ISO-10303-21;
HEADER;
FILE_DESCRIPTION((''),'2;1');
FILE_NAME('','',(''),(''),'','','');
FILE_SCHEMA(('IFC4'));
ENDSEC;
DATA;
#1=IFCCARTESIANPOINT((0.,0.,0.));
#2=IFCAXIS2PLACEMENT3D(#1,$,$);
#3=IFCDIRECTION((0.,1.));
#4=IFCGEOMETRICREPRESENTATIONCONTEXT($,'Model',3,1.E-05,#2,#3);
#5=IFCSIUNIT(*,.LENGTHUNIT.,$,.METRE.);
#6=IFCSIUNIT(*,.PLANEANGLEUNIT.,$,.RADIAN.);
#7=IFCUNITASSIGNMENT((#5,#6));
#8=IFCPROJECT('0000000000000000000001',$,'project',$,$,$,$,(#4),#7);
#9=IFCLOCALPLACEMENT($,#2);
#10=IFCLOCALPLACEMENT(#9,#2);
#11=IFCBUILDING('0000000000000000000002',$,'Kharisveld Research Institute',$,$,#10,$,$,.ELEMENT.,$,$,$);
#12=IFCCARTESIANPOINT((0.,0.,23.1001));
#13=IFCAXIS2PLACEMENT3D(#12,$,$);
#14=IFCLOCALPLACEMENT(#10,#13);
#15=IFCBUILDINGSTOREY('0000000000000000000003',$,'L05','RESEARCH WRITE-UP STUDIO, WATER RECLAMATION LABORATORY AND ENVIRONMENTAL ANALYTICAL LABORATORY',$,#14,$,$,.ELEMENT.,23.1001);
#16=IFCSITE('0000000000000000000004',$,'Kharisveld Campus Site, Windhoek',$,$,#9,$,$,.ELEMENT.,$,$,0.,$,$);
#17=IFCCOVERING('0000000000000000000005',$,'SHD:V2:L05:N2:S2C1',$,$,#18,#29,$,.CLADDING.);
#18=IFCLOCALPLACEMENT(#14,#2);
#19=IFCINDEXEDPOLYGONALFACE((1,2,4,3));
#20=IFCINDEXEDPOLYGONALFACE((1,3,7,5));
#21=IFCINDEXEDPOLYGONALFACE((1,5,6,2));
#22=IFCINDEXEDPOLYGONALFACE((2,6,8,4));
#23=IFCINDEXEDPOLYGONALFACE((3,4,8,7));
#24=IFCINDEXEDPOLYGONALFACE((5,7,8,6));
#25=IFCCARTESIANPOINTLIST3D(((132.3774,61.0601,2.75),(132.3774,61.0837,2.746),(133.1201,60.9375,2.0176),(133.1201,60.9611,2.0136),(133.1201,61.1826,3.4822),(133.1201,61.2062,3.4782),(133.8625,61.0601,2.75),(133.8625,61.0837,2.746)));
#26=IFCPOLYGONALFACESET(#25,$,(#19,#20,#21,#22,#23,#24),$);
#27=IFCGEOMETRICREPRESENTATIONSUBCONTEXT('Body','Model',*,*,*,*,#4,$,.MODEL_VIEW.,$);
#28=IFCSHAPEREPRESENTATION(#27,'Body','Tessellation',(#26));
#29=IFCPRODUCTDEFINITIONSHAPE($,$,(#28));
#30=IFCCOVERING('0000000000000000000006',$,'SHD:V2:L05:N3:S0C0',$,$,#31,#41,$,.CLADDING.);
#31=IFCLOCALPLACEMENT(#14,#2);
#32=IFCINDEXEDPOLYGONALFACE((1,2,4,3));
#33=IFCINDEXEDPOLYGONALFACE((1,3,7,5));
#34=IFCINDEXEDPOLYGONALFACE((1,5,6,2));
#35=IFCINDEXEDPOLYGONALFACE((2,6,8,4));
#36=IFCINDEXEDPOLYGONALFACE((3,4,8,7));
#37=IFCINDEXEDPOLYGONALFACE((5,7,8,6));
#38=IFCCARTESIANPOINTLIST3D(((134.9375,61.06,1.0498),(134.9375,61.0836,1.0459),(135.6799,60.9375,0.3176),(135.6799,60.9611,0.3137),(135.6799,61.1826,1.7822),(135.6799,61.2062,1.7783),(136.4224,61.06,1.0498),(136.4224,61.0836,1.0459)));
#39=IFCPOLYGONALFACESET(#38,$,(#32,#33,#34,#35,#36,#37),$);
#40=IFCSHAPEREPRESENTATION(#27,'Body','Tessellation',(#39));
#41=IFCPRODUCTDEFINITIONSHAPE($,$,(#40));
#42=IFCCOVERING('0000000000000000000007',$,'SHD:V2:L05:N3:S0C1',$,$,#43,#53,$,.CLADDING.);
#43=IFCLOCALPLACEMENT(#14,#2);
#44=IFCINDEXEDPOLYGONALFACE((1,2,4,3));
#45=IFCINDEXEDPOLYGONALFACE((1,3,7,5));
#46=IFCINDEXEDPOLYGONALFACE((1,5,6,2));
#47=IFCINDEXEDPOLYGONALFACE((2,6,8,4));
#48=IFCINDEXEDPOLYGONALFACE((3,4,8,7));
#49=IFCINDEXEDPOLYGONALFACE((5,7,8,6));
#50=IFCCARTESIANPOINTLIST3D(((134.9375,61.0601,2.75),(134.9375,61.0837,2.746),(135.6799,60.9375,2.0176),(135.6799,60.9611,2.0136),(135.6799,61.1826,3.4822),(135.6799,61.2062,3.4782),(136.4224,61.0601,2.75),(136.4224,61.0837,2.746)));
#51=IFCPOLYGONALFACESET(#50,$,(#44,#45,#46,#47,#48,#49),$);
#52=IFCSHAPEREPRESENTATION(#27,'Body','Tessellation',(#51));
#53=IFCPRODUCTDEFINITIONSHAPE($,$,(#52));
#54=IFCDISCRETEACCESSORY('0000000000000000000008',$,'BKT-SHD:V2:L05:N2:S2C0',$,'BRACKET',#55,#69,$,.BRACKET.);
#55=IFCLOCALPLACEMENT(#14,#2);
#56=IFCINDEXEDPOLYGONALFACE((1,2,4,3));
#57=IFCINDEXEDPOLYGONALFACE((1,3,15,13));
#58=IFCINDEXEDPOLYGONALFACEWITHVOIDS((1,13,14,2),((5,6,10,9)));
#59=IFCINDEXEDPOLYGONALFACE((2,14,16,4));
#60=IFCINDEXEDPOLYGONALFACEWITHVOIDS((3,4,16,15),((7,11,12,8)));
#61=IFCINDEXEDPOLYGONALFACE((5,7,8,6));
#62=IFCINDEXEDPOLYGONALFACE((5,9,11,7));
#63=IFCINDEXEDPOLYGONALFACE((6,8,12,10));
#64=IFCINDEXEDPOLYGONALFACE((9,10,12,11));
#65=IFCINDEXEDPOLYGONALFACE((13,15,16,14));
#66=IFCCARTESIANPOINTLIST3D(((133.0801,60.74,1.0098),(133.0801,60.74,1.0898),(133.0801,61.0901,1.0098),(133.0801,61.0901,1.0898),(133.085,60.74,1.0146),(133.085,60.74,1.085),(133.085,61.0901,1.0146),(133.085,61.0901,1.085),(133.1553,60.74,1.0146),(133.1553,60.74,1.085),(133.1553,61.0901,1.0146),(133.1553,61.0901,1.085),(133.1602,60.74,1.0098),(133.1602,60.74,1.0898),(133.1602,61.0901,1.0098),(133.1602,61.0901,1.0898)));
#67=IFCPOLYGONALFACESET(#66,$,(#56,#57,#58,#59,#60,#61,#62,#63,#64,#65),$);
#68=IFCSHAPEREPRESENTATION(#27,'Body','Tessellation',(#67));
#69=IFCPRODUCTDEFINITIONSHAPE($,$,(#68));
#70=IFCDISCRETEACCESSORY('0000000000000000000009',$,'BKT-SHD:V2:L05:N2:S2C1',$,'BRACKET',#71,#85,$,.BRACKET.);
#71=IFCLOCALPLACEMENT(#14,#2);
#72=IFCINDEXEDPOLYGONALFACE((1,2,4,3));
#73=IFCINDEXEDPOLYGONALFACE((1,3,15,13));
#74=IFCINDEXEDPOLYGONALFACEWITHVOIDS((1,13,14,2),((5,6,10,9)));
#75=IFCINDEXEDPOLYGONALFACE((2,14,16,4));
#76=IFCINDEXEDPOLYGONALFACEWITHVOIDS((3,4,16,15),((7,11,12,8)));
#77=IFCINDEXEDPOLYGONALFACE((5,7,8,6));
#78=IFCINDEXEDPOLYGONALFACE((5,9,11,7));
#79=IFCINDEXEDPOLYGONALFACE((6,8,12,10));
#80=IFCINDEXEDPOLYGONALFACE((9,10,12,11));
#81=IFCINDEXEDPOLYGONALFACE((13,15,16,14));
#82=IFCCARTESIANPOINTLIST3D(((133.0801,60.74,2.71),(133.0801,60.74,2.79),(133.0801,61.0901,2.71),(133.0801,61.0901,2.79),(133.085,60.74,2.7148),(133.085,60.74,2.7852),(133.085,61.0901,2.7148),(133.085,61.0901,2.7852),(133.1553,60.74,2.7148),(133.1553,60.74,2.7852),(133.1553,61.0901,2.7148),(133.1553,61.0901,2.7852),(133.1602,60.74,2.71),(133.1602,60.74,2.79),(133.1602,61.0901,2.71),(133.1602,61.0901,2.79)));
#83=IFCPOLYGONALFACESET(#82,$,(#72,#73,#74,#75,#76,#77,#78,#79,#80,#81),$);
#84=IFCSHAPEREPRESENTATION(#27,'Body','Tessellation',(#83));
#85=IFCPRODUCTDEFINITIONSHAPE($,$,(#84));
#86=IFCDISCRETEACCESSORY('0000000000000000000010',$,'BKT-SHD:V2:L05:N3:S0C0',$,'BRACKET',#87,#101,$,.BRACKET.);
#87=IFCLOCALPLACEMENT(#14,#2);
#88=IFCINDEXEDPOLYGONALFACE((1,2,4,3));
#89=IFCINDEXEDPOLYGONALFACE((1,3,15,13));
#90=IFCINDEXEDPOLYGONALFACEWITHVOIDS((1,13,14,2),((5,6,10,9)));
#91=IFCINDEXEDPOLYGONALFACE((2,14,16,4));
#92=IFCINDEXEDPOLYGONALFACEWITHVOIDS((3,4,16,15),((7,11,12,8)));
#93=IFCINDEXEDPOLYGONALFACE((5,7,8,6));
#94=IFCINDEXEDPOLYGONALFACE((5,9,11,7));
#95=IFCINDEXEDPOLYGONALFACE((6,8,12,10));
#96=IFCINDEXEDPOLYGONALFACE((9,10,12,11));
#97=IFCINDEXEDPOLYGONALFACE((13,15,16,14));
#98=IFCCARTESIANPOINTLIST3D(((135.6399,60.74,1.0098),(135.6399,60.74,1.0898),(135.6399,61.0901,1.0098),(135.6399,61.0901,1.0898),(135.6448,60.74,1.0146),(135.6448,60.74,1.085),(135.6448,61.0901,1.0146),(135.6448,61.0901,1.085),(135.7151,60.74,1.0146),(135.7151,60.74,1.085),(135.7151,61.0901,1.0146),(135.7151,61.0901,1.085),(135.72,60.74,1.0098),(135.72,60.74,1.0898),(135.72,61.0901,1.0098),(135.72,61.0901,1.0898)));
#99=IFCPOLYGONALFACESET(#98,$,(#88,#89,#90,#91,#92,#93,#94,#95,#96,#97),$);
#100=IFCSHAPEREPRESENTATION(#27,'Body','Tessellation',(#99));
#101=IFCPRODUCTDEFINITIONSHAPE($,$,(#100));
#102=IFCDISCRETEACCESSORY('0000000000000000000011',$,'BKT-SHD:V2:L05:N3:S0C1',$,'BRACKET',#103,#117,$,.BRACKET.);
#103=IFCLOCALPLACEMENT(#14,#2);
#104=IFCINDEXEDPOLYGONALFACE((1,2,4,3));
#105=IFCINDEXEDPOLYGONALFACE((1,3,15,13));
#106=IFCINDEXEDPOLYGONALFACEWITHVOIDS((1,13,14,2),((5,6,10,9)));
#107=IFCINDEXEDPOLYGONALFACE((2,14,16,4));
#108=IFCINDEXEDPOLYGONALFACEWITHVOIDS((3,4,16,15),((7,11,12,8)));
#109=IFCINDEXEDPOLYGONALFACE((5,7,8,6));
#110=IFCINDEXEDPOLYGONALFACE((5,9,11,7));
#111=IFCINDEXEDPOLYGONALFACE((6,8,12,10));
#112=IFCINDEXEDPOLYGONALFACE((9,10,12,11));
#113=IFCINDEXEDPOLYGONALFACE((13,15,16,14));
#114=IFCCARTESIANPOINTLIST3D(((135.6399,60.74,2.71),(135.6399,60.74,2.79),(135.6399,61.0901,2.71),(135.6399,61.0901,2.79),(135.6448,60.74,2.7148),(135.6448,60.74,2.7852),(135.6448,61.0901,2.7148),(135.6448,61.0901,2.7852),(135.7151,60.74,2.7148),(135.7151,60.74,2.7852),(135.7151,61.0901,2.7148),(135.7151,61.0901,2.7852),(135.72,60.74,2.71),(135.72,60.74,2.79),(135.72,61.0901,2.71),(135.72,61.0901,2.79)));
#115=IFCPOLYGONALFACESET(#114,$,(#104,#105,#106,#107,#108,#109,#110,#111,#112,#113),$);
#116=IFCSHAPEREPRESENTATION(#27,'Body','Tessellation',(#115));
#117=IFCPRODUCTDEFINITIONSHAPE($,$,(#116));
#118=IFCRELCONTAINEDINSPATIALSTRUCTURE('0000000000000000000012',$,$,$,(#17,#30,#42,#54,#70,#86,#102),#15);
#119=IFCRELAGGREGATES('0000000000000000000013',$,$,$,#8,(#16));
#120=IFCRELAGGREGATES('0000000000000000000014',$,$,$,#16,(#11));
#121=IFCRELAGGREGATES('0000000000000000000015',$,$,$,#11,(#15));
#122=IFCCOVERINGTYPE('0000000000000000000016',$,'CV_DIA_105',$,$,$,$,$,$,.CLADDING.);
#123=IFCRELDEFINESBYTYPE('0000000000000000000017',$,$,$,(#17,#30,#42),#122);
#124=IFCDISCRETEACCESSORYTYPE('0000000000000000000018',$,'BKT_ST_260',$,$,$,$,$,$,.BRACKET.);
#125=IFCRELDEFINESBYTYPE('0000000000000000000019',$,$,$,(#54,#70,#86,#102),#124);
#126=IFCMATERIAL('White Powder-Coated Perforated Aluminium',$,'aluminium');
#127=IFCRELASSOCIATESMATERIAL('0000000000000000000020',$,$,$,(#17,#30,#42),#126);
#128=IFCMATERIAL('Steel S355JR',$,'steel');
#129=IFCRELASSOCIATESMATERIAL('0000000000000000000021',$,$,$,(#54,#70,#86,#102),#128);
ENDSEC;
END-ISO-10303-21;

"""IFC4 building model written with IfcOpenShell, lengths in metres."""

from ifc_helpers import new_model, si_unit, direction, frame, origin, origin_2d, place, context, subcontext, project, spatial, polyline, hollow_rectangle, outline, extrude, material, type_object, element, save


model = new_model("IFC4")

# Units and contexts
model_context = context("Model", 3, precision=1e-05, world=origin(), true_north=direction((0.0, 1.0)))
body_context = subcontext(model_context, "Body", "Model", "MODEL_VIEW")
ifc_project = project(units=[si_unit("LENGTHUNIT", "METRE"), si_unit("PLANEANGLEUNIT", "RADIAN")], contexts=[model_context])

# Site, building, storey
site_placement = place(None, origin())
site = spatial("IfcSite", under=ifc_project, at=site_placement, Name="Kharisveld Campus Site, Windhoek", CompositionType="ELEMENT", RefElevation=0.0)
building_placement = place(site_placement, origin())
building = spatial("IfcBuilding", under=site, at=building_placement, Name="Kharisveld Research Institute", CompositionType="ELEMENT")
storey_placement = place(building_placement, frame((0.0, 0.0, 23.1001)))
storey = spatial("IfcBuildingStorey", under=building, at=storey_placement, Name="L05", Description="RESEARCH WRITE-UP STUDIO, WATER RECLAMATION LABORATORY AND ENVIRONMENTAL ANALYTICAL LABORATORY", CompositionType="ELEMENT", Elevation=23.1001)

# Coverings
ifc_material_1 = material(Name="White Powder-Coated Perforated Aluminium", Category="aluminium")
covering_type = type_object("IfcCoveringType", Name="CV_DIA_105", PredefinedType="CLADDING")
covering_1_placement = place(storey_placement, frame((133.1201, 60.9375, 2.0176), z_axis=(0.0, -0.986283, 0.165065), x_axis=(0.707024, 0.116733, 0.697489)))
element("IfcCovering", 1, at=covering_1_placement, inside=storey, type_object=covering_type, material=ifc_material_1, Name="SHD:V2:L05:N2:S2C1", PredefinedType="CLADDING", context=body_context, shape_type="SweptSolid", body=[
    extrude(outline(polyline([(0.0, 0.0), (1.0501, 0.0), (1.0502, 1.0499), (0.0001, 1.0503), (0.0, 0.0)])), origin(), (0.0, 0.0, -1.0), 0.0239),
])
covering_2_placement = place(storey_placement, frame((135.6799, 60.9375, 0.3176), z_axis=(0.0, -0.986283, 0.165065), x_axis=(0.707139, 0.116714, 0.697376)))
element("IfcCovering", 2, at=covering_2_placement, inside=storey, type_object=covering_type, material=ifc_material_1, Name="SHD:V2:L05:N3:S0C0", PredefinedType="CLADDING", context=body_context, shape_type="SweptSolid", body=[
    extrude(outline(polyline([(0.0, 0.0), (1.0499, 0.0), (1.05, 1.0501), (-0.0001, 1.0499), (0.0, 0.0)])), origin(), (0.0, 0.0, -1.0), 0.0239),
])
covering_3_placement = place(storey_placement, frame((135.6799, 60.9375, 2.0176), z_axis=(0.0, -0.986283, 0.165065), x_axis=(0.707024, 0.116733, 0.697489)))
element("IfcCovering", 3, at=covering_3_placement, inside=storey, type_object=covering_type, material=ifc_material_1, Name="SHD:V2:L05:N3:S0C1", PredefinedType="CLADDING", context=body_context, shape_type="SweptSolid", body=[
    extrude(outline(polyline([(0.0, 0.0), (1.0501, 0.0), (1.0502, 1.0499), (0.0002, 1.0501), (0.0, 0.0)])), origin(), (0.0, 0.0, -1.0), 0.0239),
])

# Discrete accessories
ifc_material_2 = material(Name="Steel S355JR", Category="steel")
discrete_accessory_type = type_object("IfcDiscreteAccessoryType", Name="BKT_ST_260", PredefinedType="BRACKET")
for number, where, z_axis, x_axis, name in (
    (4, (133.1201, 60.74, 1.0498), (0.0, 1.0, 0.0), (-1.0, 0.0, 0.0), "BKT-SHD:V2:L05:N2:S2C0"),
    (5, (133.1201, 60.74, 2.75), (0.0, 1.0, 0.0), (-1.0, 0.0, 0.0), "BKT-SHD:V2:L05:N2:S2C1"),
    (6, (135.6799, 60.74, 1.0498), (0.0, 1.0, 0.0), (-1.0, 0.0, 0.0), "BKT-SHD:V2:L05:N3:S0C0"),
    (7, (135.6799, 60.74, 2.75), (0.0, 1.0, 0.0), (-1.0, 0.0, 0.0), "BKT-SHD:V2:L05:N3:S0C1"),
):
    element("IfcDiscreteAccessory", number, at=place(storey_placement, frame(where, z_axis=z_axis, x_axis=x_axis)), inside=storey, type_object=discrete_accessory_type, material=ifc_material_2, Name=name, ObjectType="BRACKET", PredefinedType="BRACKET", context=body_context, shape_type="SweptSolid", body=[
        extrude(hollow_rectangle(XDim=0.0801, YDim=0.0801, WallThickness=0.0049, at=origin_2d()), origin(), (0.0, 0.0, 1.0), 0.3501),
    ])

save(model, "model.ifc")
